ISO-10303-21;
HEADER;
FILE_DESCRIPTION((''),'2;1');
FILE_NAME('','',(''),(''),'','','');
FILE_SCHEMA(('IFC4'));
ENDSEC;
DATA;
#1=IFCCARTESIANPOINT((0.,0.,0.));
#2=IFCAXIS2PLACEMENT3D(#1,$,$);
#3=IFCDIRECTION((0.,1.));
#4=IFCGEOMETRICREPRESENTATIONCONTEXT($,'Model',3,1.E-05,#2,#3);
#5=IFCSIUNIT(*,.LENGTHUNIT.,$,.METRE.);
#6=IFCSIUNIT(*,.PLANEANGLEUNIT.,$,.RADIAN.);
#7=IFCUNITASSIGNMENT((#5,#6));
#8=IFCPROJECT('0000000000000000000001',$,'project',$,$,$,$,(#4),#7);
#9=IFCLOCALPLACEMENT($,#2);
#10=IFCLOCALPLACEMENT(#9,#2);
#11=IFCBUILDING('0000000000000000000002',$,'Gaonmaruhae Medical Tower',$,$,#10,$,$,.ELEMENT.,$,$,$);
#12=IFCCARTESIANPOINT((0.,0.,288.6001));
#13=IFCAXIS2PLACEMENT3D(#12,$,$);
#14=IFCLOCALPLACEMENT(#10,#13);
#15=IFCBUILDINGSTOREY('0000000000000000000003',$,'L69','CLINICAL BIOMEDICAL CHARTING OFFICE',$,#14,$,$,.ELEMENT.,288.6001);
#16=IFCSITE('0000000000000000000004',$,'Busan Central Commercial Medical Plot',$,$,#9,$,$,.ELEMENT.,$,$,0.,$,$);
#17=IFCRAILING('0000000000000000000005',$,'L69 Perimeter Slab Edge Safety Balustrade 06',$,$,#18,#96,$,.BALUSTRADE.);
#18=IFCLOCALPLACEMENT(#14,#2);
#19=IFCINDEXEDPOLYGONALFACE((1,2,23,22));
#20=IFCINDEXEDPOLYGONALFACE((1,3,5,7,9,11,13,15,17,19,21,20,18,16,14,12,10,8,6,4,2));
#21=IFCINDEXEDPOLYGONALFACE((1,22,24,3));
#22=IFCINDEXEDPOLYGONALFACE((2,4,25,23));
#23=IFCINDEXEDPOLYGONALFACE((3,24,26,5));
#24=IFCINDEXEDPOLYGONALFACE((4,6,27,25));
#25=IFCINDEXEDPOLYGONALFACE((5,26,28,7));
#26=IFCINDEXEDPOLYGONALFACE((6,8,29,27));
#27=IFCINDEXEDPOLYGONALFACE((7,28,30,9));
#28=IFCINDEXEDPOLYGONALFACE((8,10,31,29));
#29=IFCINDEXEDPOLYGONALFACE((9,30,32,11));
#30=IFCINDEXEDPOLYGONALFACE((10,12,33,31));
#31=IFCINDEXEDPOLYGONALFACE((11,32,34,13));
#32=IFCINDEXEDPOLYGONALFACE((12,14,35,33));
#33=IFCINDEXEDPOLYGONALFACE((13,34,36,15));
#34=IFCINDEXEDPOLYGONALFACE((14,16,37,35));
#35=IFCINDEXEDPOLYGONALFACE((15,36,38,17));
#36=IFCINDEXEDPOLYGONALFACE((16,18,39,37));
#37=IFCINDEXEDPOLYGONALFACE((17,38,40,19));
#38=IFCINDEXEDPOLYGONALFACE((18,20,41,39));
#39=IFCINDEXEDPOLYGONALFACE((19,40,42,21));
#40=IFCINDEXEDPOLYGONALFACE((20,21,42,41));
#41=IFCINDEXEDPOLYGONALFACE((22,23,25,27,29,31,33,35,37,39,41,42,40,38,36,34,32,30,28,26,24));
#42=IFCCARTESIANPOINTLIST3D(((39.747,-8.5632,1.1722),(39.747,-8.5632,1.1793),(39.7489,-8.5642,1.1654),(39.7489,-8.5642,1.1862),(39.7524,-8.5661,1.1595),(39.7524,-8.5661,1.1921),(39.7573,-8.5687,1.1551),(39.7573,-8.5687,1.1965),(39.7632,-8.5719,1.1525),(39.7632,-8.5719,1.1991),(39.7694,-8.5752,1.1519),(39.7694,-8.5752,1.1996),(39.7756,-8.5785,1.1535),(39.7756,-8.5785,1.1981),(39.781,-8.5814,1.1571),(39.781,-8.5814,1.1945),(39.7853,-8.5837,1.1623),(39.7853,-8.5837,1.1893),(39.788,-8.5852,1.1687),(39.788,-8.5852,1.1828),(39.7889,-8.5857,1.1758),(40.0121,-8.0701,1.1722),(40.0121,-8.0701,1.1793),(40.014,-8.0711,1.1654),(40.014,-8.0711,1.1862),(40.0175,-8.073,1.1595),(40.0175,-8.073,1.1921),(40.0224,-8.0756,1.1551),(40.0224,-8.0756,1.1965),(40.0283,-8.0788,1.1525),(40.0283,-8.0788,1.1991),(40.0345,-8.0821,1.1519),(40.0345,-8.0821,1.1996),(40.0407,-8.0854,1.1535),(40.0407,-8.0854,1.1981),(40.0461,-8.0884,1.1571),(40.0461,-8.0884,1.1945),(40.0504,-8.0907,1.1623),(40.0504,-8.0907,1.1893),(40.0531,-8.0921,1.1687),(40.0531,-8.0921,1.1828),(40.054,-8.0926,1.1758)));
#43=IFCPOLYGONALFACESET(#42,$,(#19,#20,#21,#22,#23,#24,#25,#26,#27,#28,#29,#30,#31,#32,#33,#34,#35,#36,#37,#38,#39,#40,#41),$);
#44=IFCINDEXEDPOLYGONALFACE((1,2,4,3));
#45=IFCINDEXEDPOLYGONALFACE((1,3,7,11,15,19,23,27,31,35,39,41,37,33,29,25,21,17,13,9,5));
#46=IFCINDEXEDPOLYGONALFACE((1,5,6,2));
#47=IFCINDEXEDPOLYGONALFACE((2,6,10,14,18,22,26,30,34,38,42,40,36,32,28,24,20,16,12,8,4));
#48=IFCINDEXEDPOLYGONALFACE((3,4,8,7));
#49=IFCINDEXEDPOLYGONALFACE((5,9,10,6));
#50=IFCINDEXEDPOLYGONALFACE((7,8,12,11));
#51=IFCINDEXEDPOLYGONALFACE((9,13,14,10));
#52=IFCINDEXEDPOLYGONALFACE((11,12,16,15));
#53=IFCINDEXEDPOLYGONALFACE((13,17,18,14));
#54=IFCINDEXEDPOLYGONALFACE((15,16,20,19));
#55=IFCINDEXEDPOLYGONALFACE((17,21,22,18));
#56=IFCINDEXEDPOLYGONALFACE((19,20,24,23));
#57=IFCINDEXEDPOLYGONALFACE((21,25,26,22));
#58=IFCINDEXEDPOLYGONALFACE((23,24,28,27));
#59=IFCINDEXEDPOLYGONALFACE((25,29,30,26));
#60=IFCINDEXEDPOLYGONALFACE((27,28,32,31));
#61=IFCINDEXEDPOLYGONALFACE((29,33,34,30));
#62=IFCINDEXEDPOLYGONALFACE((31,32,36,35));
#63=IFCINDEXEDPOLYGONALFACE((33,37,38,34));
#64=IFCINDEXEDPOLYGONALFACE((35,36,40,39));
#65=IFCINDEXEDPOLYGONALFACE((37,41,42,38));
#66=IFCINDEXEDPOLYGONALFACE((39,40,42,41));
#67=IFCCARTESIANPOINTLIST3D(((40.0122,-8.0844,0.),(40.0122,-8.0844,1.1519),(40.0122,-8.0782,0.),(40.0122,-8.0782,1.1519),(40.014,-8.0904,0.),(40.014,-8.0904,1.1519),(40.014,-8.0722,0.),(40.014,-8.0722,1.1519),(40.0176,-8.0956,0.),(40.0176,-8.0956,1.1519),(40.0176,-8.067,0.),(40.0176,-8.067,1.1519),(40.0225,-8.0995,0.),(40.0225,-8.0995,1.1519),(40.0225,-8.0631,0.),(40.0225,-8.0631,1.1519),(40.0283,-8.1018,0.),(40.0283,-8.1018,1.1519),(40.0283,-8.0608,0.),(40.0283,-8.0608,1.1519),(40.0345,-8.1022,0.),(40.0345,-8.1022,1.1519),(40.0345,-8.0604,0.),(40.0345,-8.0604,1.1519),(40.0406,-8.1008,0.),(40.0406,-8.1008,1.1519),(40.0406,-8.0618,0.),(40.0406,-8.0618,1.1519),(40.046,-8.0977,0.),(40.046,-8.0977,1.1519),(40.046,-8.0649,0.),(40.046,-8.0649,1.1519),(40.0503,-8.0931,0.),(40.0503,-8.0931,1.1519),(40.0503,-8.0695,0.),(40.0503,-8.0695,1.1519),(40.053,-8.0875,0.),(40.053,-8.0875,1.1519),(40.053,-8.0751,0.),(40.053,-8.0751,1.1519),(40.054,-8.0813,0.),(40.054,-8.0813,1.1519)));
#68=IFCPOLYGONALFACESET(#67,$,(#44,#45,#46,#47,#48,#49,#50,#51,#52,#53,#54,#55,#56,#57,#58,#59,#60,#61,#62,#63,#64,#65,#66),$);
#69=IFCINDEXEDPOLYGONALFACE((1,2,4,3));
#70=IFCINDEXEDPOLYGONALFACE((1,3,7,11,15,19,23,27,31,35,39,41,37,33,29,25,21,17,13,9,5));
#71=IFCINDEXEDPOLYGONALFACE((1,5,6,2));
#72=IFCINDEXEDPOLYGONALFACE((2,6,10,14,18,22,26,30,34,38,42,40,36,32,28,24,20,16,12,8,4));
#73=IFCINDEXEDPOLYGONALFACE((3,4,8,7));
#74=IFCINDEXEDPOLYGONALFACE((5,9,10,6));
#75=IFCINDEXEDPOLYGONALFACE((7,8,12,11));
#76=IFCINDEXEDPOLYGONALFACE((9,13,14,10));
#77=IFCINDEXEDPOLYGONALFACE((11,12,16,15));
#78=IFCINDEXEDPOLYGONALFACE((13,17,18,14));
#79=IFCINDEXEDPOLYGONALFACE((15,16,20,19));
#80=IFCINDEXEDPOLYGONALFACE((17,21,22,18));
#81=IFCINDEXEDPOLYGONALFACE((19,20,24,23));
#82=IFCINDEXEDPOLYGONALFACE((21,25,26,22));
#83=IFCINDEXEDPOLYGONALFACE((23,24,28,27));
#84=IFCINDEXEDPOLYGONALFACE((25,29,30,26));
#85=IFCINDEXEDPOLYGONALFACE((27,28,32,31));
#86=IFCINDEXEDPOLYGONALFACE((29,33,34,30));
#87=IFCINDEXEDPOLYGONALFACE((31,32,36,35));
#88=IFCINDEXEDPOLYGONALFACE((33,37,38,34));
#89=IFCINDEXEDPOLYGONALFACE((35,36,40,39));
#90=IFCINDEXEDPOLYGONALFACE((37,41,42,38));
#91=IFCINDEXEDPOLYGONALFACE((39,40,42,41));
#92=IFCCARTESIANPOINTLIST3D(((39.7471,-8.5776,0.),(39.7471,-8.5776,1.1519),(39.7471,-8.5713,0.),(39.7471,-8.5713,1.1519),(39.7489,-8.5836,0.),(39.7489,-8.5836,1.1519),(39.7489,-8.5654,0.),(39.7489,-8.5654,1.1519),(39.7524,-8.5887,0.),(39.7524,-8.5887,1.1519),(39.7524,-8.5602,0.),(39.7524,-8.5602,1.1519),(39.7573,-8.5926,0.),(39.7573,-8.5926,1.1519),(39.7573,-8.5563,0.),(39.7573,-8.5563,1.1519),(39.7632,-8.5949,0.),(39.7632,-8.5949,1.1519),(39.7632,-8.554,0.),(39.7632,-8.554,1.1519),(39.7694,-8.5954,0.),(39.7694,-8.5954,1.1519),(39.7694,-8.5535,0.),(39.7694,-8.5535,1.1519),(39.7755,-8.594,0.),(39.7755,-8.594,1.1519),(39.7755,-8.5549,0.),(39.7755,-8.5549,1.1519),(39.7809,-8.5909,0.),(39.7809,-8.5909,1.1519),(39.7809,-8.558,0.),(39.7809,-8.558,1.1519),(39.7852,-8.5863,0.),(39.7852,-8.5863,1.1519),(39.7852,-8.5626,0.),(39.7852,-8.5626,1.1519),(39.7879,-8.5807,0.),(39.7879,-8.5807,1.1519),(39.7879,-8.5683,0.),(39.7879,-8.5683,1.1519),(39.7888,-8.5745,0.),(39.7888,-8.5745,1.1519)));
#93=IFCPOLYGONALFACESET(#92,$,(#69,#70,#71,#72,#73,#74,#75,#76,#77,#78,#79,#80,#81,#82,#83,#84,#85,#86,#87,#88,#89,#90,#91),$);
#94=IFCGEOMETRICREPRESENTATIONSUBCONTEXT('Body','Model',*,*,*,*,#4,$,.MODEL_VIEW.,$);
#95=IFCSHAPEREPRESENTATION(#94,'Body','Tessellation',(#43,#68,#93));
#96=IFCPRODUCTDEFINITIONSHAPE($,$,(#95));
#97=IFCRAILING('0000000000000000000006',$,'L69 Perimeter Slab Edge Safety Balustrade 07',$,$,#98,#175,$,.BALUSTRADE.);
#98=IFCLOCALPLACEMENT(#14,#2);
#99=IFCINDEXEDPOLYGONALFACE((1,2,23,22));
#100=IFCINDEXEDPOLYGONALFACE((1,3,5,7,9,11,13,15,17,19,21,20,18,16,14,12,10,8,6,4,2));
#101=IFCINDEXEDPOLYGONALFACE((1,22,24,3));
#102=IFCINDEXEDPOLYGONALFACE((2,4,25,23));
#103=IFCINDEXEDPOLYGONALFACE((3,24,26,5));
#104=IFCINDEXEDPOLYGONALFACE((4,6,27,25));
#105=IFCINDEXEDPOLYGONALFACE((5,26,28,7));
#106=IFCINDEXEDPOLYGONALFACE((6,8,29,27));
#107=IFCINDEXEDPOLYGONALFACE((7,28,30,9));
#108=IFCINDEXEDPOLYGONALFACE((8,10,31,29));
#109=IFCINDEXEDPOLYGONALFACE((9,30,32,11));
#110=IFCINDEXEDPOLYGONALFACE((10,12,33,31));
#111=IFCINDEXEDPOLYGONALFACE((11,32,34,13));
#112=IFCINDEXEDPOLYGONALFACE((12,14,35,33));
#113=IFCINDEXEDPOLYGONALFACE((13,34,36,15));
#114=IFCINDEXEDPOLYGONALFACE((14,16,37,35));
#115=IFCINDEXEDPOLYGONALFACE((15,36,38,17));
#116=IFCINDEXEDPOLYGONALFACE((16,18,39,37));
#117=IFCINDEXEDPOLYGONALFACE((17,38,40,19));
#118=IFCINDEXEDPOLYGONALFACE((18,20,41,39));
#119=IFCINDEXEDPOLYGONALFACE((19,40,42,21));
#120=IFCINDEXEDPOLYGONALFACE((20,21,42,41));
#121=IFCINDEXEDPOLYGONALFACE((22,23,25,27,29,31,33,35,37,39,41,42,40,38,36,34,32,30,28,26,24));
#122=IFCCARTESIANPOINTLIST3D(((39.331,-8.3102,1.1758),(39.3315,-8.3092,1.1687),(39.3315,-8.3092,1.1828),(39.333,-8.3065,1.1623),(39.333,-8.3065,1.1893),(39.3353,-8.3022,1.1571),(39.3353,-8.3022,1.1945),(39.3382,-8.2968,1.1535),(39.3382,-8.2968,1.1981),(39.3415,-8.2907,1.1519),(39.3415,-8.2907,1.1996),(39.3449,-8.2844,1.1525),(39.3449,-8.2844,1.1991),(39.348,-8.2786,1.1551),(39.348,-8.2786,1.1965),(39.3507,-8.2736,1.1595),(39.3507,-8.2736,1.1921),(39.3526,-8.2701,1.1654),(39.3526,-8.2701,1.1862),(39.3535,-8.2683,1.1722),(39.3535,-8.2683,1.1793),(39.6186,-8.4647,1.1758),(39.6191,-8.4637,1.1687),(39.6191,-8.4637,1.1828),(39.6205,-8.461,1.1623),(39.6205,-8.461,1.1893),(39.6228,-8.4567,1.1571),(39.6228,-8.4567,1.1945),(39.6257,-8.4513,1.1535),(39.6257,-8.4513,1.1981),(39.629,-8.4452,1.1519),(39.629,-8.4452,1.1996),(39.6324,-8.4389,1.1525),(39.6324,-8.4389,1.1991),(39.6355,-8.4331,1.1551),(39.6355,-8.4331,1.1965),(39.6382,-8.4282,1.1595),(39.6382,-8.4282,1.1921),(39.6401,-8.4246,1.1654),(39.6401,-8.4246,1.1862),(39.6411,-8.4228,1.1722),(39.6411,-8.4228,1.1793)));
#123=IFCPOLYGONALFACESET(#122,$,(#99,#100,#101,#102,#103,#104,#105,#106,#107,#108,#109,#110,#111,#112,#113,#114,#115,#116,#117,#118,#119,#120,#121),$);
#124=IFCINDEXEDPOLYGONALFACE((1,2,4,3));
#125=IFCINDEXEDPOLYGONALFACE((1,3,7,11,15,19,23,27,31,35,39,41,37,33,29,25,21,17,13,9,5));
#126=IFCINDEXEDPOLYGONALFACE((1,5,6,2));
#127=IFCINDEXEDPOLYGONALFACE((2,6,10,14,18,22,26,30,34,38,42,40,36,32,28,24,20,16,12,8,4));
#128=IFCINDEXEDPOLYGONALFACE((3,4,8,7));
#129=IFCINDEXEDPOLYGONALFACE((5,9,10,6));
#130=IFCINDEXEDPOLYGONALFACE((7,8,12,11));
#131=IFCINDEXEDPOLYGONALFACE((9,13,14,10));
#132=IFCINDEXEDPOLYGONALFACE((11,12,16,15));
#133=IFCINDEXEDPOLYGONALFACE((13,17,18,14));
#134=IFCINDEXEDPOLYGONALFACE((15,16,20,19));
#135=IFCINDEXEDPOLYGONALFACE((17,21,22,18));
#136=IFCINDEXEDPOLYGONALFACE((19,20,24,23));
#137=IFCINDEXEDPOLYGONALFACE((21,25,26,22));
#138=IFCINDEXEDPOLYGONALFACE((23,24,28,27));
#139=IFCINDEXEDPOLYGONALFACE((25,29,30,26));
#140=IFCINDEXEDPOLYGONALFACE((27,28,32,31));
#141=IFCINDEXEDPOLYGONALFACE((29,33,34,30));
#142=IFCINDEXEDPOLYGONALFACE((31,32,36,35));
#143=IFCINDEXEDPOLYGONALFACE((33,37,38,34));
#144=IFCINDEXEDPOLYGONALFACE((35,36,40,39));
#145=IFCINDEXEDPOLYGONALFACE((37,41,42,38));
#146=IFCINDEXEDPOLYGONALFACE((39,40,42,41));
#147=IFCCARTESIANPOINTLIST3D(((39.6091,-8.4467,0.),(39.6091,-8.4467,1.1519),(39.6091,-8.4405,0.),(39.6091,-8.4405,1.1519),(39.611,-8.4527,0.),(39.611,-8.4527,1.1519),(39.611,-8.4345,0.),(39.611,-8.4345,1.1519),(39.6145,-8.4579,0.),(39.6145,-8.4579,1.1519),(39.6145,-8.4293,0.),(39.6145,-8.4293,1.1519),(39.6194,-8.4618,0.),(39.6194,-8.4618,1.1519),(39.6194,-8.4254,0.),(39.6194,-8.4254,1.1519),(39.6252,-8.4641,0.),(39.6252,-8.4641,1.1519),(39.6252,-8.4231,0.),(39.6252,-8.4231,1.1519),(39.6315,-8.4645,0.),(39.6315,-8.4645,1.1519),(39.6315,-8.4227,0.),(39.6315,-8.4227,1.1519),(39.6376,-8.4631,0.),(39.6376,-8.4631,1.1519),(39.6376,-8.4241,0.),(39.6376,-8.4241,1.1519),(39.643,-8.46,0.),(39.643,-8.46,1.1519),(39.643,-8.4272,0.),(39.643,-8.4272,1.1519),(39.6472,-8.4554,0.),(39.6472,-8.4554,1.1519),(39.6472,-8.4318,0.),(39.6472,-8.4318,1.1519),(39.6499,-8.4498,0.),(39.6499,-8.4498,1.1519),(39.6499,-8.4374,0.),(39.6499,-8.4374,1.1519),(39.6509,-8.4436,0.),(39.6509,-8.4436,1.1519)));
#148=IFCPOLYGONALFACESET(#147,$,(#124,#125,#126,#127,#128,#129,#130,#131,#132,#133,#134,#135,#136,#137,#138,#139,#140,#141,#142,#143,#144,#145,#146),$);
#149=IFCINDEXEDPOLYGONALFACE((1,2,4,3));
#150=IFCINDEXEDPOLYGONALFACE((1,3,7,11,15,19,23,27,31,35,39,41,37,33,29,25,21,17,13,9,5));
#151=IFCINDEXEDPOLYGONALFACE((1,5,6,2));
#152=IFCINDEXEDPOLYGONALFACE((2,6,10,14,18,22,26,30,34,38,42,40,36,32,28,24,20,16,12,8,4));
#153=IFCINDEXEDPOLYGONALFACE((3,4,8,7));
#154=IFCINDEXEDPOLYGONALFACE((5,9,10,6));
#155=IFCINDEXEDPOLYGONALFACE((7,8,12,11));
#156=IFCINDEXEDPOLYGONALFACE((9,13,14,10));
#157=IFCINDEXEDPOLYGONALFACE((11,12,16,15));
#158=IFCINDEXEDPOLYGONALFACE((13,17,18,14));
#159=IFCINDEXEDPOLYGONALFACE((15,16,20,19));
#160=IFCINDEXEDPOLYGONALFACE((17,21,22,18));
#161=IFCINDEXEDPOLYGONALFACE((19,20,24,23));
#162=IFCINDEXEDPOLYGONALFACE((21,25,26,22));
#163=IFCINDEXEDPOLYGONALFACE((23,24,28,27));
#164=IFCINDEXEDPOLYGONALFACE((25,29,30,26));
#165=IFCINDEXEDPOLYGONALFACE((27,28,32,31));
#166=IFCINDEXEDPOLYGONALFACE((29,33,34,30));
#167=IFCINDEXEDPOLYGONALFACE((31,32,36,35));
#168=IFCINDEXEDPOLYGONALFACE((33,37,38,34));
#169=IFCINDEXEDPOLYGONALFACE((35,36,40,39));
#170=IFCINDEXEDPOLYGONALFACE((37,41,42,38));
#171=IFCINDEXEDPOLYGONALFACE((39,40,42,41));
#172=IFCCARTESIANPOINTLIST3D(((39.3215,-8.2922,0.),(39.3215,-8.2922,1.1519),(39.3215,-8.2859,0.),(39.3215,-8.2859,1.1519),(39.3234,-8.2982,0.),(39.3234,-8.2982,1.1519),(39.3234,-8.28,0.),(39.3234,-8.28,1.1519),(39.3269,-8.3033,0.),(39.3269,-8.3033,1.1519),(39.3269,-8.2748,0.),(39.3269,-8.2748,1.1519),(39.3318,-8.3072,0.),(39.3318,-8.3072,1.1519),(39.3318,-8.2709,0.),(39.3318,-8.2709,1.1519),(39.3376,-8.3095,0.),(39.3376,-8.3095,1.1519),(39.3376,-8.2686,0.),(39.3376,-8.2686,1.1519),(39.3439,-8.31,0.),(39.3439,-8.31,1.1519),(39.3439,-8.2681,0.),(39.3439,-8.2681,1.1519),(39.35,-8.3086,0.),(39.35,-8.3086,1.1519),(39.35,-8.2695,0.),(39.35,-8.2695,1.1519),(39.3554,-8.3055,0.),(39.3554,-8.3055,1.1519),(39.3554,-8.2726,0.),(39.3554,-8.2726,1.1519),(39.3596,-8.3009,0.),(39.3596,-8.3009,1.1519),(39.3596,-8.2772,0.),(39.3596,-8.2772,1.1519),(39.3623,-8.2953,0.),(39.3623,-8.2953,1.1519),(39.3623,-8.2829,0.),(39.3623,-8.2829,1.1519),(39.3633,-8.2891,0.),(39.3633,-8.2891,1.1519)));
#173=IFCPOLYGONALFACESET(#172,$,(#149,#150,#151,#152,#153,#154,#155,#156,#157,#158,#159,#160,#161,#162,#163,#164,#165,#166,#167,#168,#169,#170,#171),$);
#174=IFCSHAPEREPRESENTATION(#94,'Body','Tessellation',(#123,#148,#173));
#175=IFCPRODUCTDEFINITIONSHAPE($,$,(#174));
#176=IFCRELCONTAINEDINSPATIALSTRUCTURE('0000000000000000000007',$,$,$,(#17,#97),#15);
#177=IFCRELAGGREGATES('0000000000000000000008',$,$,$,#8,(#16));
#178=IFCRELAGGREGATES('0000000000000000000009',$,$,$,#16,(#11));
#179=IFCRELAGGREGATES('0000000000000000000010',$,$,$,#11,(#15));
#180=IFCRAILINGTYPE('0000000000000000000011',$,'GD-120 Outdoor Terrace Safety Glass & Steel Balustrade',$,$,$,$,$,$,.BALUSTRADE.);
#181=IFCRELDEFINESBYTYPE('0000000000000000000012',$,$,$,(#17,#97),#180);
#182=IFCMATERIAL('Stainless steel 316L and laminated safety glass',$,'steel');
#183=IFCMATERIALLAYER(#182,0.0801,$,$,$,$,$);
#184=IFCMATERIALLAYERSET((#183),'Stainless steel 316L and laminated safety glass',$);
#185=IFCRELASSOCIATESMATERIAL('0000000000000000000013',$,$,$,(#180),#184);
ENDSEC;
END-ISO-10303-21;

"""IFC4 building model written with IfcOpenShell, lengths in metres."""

from ifc_helpers import new_model, si_unit, direction, frame, origin, origin_2d, place, context, subcontext, project, spatial, circle, extrude, material, layer, layer_set, type_object, element, save


model = new_model("IFC4")

# Units and contexts
model_context = context("Model", 3, precision=1e-05, world=origin(), true_north=direction((0.0, 1.0)))
body_context = subcontext(model_context, "Body", "Model", "MODEL_VIEW")
ifc_project = project(units=[si_unit("LENGTHUNIT", "METRE"), si_unit("PLANEANGLEUNIT", "RADIAN")], contexts=[model_context])

# Site, building, storey
site_placement = place(None, origin())
site = spatial("IfcSite", under=ifc_project, at=site_placement, Name="Busan Central Commercial Medical Plot", CompositionType="ELEMENT", RefElevation=0.0)
building_placement = place(site_placement, origin())
building = spatial("IfcBuilding", under=site, at=building_placement, Name="Gaonmaruhae Medical Tower", CompositionType="ELEMENT")
storey_placement = place(building_placement, frame((0.0, 0.0, 288.6001)))
storey = spatial("IfcBuildingStorey", under=building, at=storey_placement, Name="L69", Description="CLINICAL BIOMEDICAL CHARTING OFFICE", CompositionType="ELEMENT", Elevation=288.6001)

# Railings
ifc_material_1 = material(Name="Stainless steel 316L and laminated safety glass", Category="steel")
ifc_layer_1 = layer(ifc_material_1, 0.0801)
ifc_layer_set_1 = layer_set([ifc_layer_1], Name="Stainless steel 316L and laminated safety glass")
railing_type = type_object("IfcRailingType", Name="GD-120 Outdoor Terrace Safety Glass & Steel Balustrade", PredefinedType="BALUSTRADE", material=ifc_layer_set_1)
railing_1_placement = place(storey_placement, frame((40.033, -8.0813, 0.0)))
element("IfcRailing", 1, at=railing_1_placement, inside=storey, type_object=railing_type, Name="L69 Perimeter Slab Edge Safety Balustrade 06", PredefinedType="BALUSTRADE", context=body_context, shape_type="SweptSolid", body=[
    extrude(circle(Radius=0.0239, at=origin_2d()), frame((0.0, 0.0, 1.1758), z_axis=(-0.473528, -0.880779, 0.0), x_axis=(0.880779, -0.473528, 0.0)), (0.0, 0.0, 1.0), 0.5598),
    extrude(circle(Radius=0.021, at=origin_2d()), origin(), (0.0, 0.0, 1.0), 1.1519),
    extrude(circle(Radius=0.021, at=origin_2d()), frame((-0.2651, -0.4932, 0.0)), (0.0, 0.0, 1.0), 1.1519),
])
railing_2_placement = place(storey_placement, frame((39.6299, -8.4436, 0.0)))
element("IfcRailing", 2, at=railing_2_placement, inside=storey, type_object=railing_type, Name="L69 Perimeter Slab Edge Safety Balustrade 07", PredefinedType="BALUSTRADE", context=body_context, shape_type="SweptSolid", body=[
    extrude(circle(Radius=0.0239, at=origin_2d()), frame((0.0, 0.0, 1.1758), z_axis=(-0.880879, 0.473342, 0.0), x_axis=(-0.473342, -0.880879, 0.0)), (0.0, 0.0, 1.0), 0.3264),
    extrude(circle(Radius=0.021, at=origin_2d()), origin(), (0.0, 0.0, 1.0), 1.1519),
    extrude(circle(Radius=0.021, at=origin_2d()), frame((-0.2876, 0.1545, 0.0)), (0.0, 0.0, 1.0), 1.1519),
])

save(model, "model.ifc")
